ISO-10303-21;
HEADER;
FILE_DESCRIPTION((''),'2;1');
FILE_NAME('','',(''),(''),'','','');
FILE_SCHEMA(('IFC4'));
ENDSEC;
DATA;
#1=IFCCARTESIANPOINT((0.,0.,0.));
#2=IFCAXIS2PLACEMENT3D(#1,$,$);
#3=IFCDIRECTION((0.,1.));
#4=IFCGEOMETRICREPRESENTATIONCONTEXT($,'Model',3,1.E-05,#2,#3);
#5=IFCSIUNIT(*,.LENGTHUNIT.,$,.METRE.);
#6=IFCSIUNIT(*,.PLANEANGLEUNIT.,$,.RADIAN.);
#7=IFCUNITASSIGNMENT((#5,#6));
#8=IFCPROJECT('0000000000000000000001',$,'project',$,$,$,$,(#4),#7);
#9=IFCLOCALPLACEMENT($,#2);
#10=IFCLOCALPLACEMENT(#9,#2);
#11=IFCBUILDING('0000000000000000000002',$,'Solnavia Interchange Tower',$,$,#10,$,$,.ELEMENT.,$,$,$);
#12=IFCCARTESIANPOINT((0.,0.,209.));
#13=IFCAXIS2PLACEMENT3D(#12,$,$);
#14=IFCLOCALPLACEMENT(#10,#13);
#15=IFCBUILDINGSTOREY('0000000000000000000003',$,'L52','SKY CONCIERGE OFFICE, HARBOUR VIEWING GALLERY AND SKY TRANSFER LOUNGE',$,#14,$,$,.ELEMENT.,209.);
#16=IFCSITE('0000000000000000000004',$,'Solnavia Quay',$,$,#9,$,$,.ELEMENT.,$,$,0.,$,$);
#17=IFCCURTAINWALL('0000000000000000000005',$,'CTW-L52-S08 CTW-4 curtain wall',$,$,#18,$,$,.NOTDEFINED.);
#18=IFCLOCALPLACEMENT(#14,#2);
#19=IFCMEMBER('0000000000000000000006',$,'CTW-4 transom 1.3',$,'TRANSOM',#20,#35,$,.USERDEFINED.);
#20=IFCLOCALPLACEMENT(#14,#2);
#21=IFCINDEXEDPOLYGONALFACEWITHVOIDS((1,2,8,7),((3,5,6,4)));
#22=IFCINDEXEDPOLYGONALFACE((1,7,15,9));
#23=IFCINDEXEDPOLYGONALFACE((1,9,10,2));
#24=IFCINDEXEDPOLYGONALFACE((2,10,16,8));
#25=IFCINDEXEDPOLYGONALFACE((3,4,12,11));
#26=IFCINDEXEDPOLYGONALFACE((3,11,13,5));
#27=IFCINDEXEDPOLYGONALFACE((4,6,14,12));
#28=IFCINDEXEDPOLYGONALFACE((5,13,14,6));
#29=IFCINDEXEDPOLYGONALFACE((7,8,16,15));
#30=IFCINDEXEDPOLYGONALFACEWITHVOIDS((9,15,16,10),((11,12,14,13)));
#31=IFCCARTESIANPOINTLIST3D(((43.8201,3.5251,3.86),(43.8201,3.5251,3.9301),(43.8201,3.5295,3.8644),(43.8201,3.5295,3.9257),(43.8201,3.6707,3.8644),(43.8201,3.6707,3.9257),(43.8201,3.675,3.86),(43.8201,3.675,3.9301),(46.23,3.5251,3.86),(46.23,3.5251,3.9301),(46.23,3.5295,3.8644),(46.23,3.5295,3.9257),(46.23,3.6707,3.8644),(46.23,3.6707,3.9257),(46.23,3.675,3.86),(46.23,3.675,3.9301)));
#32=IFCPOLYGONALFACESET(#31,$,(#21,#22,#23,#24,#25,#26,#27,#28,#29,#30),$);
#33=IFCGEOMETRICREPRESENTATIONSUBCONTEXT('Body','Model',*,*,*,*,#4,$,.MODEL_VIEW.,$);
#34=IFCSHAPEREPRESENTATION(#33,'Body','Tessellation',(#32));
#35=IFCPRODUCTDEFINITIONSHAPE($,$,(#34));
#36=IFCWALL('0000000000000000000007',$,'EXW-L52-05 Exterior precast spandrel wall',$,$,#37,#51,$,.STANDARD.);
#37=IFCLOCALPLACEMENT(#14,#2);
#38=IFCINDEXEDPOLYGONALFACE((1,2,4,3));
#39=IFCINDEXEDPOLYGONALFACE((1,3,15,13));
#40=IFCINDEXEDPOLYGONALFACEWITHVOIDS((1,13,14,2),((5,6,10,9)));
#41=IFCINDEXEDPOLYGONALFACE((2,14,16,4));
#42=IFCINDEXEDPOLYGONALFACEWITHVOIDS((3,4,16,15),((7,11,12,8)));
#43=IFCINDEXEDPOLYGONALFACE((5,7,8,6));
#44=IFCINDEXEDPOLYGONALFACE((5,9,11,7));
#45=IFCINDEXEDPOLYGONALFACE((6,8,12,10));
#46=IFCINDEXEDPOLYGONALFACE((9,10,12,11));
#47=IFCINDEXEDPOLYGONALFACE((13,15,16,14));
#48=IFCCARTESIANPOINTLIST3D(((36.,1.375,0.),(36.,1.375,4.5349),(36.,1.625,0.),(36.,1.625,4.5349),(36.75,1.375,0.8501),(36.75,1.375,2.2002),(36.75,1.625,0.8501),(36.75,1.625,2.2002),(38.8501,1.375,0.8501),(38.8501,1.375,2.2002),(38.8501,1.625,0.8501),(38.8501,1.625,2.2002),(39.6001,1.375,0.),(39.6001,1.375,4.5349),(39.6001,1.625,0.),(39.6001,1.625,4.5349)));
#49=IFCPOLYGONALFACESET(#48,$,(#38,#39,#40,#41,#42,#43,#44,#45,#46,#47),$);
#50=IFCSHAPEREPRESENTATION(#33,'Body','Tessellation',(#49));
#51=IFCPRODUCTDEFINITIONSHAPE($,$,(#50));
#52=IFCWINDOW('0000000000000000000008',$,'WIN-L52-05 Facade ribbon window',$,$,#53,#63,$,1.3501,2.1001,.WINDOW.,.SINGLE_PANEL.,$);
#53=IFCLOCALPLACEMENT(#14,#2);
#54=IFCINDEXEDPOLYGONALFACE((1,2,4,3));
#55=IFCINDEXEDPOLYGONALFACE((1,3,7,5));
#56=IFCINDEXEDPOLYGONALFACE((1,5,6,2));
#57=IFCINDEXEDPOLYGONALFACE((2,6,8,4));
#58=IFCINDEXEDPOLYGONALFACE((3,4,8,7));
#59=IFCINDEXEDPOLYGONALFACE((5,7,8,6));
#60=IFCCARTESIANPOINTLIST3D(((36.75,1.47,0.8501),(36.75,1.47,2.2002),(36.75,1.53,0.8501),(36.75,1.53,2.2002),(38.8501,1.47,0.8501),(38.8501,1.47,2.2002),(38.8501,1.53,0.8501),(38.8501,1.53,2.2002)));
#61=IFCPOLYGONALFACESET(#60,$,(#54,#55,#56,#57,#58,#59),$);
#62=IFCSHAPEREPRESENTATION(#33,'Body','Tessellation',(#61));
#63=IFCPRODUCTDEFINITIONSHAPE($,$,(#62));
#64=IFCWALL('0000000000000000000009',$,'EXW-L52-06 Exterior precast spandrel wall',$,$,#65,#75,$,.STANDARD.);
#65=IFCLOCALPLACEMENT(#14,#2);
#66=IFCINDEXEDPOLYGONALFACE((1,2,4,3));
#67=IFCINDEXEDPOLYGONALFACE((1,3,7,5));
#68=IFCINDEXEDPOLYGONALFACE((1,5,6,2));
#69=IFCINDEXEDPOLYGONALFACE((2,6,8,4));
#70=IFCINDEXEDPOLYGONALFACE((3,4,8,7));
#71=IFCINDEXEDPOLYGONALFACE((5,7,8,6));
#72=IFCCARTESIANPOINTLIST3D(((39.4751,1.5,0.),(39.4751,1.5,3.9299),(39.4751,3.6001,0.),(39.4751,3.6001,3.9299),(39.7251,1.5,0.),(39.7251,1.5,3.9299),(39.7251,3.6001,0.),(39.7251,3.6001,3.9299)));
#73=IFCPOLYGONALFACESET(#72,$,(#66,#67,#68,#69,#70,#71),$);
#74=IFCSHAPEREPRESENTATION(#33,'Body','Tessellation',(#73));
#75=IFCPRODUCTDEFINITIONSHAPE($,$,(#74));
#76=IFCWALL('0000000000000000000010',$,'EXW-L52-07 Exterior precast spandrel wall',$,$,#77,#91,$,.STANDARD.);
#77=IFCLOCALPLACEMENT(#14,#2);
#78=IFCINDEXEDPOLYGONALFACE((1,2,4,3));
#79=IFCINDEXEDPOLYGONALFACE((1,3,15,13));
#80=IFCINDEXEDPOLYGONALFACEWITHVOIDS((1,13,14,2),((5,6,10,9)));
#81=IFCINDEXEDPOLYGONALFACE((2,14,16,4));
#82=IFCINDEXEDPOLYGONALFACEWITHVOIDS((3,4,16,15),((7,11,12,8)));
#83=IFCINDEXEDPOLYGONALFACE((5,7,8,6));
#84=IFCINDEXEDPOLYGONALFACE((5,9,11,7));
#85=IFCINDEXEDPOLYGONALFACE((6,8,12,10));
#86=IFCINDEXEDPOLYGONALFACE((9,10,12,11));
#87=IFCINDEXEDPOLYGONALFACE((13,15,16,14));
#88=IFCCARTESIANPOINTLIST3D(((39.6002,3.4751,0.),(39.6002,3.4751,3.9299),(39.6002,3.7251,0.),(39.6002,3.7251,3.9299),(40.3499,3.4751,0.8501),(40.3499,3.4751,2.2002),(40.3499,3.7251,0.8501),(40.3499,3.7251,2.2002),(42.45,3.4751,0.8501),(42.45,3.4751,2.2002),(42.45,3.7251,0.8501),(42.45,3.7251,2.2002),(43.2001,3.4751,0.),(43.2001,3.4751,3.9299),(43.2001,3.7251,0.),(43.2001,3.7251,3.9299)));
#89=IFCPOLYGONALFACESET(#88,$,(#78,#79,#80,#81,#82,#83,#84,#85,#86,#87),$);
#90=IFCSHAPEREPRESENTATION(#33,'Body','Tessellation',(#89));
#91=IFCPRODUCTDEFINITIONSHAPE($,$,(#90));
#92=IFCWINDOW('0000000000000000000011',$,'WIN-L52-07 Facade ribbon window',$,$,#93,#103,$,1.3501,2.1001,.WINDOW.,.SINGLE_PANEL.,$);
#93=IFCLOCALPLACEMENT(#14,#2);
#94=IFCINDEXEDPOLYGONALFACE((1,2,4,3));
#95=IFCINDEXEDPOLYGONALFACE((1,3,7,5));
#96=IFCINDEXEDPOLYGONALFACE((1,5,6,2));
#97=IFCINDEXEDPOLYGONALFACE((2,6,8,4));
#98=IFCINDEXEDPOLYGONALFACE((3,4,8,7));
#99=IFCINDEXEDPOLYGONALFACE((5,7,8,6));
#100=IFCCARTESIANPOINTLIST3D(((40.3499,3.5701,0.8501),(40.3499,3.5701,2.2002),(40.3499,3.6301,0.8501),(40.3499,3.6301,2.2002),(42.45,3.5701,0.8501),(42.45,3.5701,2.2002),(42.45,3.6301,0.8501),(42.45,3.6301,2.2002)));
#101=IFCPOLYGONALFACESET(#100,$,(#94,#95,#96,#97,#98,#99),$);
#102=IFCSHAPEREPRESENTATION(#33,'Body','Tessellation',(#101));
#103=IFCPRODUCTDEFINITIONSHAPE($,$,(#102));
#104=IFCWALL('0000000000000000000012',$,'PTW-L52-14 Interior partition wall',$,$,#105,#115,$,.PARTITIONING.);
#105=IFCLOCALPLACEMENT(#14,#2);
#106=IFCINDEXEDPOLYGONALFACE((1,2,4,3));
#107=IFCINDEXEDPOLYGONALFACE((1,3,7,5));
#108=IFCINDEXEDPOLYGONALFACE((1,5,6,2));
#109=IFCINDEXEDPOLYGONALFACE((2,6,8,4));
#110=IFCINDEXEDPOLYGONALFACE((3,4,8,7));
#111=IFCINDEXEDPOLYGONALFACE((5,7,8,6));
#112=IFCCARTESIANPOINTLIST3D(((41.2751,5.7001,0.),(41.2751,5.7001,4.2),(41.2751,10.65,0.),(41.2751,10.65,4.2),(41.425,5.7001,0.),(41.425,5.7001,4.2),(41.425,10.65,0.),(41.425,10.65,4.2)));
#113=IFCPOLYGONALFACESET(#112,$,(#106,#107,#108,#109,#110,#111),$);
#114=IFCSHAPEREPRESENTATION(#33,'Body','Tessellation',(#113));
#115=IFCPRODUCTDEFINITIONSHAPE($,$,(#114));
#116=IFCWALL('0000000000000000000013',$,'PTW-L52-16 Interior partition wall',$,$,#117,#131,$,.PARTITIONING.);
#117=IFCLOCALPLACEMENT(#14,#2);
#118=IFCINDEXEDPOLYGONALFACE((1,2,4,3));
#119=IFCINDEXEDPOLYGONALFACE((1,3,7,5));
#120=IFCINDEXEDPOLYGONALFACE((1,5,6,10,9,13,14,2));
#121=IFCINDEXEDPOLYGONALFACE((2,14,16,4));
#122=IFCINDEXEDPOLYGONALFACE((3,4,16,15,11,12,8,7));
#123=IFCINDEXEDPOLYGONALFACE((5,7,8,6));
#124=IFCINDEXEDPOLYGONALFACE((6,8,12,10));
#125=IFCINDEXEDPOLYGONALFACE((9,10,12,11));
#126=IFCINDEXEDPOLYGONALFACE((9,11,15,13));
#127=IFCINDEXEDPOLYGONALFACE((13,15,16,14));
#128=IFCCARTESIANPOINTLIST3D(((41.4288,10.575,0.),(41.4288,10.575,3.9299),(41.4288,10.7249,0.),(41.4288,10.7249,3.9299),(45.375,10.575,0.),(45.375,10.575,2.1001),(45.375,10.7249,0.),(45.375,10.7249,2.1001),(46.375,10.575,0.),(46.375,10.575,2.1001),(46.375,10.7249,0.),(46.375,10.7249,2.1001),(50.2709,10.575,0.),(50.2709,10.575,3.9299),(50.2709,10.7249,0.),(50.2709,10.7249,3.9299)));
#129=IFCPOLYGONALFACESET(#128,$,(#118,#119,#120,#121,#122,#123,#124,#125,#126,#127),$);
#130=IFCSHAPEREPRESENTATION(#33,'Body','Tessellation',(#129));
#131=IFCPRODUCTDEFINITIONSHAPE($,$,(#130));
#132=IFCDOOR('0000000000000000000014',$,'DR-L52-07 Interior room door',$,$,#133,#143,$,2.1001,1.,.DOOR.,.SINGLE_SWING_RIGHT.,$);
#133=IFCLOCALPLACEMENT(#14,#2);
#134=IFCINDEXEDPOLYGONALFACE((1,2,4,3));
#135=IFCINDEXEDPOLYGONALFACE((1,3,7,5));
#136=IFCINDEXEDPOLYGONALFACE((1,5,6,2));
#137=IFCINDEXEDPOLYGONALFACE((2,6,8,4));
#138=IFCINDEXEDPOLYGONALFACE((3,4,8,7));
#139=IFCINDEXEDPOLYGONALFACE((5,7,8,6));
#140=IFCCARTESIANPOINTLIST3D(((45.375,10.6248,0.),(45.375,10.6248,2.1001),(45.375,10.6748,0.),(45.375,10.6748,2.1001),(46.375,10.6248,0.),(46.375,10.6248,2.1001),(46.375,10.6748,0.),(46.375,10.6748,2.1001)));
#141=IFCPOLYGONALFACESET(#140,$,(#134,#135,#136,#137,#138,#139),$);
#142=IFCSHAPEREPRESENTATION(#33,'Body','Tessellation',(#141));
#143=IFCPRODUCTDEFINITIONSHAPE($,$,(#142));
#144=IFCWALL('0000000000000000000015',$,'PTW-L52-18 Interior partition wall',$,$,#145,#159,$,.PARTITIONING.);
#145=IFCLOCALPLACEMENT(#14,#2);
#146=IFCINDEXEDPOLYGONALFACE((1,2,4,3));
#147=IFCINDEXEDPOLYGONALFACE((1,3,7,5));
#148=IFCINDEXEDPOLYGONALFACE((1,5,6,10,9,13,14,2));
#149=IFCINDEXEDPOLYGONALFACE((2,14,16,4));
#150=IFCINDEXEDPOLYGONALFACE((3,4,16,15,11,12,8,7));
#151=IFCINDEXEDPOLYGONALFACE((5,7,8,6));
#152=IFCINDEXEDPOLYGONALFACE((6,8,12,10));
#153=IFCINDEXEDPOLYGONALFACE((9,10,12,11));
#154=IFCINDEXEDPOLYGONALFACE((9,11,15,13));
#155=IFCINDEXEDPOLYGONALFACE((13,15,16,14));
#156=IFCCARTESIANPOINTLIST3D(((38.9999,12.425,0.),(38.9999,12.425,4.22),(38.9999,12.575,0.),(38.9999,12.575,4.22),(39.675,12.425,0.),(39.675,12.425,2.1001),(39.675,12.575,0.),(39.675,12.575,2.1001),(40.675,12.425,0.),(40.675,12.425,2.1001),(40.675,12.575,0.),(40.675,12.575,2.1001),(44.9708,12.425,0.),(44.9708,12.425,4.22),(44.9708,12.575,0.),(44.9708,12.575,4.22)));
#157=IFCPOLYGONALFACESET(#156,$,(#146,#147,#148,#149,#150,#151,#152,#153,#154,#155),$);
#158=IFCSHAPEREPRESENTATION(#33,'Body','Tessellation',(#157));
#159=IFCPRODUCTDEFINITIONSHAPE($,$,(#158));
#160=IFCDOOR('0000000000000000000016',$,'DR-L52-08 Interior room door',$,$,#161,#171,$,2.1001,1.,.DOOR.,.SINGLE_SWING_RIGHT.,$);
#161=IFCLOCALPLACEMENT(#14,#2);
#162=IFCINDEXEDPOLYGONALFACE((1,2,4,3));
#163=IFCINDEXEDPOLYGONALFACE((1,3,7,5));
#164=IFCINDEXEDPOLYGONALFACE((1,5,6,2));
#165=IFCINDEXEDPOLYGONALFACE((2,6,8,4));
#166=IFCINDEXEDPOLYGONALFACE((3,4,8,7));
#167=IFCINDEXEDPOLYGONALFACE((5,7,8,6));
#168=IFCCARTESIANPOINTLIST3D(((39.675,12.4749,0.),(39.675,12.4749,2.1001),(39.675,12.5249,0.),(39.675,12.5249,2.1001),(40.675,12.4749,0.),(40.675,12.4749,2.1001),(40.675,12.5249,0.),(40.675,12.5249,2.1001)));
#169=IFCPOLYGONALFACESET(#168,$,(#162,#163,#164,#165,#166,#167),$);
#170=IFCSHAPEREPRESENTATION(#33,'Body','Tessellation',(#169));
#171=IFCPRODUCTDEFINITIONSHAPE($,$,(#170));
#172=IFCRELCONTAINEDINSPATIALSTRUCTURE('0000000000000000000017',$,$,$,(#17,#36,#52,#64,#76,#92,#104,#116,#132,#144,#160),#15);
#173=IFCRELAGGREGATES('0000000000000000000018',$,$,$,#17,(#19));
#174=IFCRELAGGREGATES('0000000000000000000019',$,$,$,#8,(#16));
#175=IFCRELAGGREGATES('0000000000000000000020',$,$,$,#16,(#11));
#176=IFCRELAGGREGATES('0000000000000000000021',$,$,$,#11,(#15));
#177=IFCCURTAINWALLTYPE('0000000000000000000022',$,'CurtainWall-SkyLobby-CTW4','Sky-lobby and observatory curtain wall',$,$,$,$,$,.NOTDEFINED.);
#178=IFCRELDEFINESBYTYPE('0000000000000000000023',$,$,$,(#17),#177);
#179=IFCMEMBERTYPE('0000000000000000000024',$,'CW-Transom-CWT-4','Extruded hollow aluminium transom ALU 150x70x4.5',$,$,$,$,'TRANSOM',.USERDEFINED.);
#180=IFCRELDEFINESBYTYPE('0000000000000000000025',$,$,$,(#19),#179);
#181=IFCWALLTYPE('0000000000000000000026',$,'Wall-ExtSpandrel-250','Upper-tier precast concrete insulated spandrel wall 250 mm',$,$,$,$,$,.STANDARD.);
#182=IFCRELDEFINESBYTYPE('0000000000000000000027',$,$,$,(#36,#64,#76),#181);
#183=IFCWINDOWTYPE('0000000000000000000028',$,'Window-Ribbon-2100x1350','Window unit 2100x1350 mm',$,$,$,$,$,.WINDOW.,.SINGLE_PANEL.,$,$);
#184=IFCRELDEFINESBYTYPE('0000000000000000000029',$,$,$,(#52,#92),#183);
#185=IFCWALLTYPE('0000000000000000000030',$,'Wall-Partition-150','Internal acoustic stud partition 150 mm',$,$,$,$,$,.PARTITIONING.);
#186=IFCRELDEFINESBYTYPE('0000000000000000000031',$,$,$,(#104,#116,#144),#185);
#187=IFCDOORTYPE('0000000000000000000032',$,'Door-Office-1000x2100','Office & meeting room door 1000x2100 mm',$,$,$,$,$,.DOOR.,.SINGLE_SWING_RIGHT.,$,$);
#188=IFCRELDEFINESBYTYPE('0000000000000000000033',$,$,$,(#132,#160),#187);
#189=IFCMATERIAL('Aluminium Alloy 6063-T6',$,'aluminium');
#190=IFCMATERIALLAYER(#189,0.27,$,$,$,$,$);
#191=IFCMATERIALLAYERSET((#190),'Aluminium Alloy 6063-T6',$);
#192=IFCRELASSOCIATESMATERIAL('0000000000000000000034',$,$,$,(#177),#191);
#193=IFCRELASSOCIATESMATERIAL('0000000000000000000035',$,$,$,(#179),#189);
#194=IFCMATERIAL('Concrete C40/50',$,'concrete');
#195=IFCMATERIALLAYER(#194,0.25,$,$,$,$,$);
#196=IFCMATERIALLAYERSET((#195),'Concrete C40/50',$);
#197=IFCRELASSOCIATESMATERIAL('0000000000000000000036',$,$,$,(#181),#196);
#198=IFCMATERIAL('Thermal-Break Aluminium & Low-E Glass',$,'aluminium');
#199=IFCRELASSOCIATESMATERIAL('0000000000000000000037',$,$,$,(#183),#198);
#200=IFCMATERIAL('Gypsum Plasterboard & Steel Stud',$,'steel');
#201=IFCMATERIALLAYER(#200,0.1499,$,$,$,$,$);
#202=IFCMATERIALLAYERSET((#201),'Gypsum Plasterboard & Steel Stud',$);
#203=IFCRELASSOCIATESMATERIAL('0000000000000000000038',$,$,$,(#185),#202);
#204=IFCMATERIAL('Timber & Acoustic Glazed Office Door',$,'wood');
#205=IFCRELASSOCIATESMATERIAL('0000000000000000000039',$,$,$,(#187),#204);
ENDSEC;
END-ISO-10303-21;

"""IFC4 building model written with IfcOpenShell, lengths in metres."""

from ifc_helpers import new_model, si_unit, direction, frame, frame_2d, origin, origin_2d, place, context, subcontext, project, spatial, rectangle, hollow_rectangle, extrude, material, layer, layer_set, material_profile, profile_set, type_object, element, fill, aggregate, save


model = new_model("IFC4")

# Units and contexts
model_context = context("Model", 3, precision=1e-05, world=origin(), true_north=direction((0.0, 1.0)))
body_context = subcontext(model_context, "Body", "Model", "MODEL_VIEW")
ifc_project = project(units=[si_unit("LENGTHUNIT", "METRE"), si_unit("PLANEANGLEUNIT", "RADIAN")], contexts=[model_context])

# Site, building, storey
site_placement = place(None, origin())
site = spatial("IfcSite", under=ifc_project, at=site_placement, Name="Solnavia Quay", CompositionType="ELEMENT", RefElevation=0.0)
building_placement = place(site_placement, origin())
building = spatial("IfcBuilding", under=site, at=building_placement, Name="Solnavia Interchange Tower", CompositionType="ELEMENT")
storey_placement = place(building_placement, frame((0.0, 0.0, 209.0)))
storey = spatial("IfcBuildingStorey", under=building, at=storey_placement, Name="L52", Description="SKY CONCIERGE OFFICE, HARBOUR VIEWING GALLERY AND SKY TRANSFER LOUNGE", CompositionType="ELEMENT", Elevation=209.0)

# Curtain wall, member
ifc_material_1 = material(Name="Aluminium Alloy 6063-T6", Category="aluminium")
ifc_layer_1 = layer(ifc_material_1, 0.27)
ifc_layer_set_1 = layer_set([ifc_layer_1], Name="Aluminium Alloy 6063-T6")
curtain_wall_type = type_object("IfcCurtainWallType", Name="CurtainWall-SkyLobby-CTW4", Description="Sky-lobby and observatory curtain wall", PredefinedType="NOTDEFINED", material=ifc_layer_set_1)
curtain_wall_placement = place(storey_placement, origin())
curtain_wall = element("IfcCurtainWall", 1, at=curtain_wall_placement, inside=storey, type_object=curtain_wall_type, Name="CTW-L52-S08 CTW-4 curtain wall", PredefinedType="NOTDEFINED")
ifc_material_profile_1 = material_profile(ifc_material_1, hollow_rectangle(XDim=0.0701, YDim=0.1499, WallThickness=0.0044, at=origin_2d()), Name="ALU 150x70x4.5")
ifc_profile_set_1 = profile_set([ifc_material_profile_1], Name="Aluminium Alloy 6063-T6")
member_type_1 = type_object("IfcMemberType", Name="CW-Transom-CWT-4", Description="Extruded hollow aluminium transom ALU 150x70x4.5", ElementType="TRANSOM", PredefinedType="USERDEFINED", material=ifc_profile_set_1)
member_1_placement = place(storey_placement, frame((43.8201, 3.6001, 3.895), z_axis=(1.0, 0.0, 0.0), x_axis=(0.0, 0.0, 1.0)))
member_1 = element("IfcMember", 2, at=member_1_placement, type_object=member_type_1, Name="CTW-4 transom 1.3", ObjectType="TRANSOM", PredefinedType="USERDEFINED", context=body_context, shape_type="SweptSolid", body=[
    extrude(hollow_rectangle(XDim=0.0701, YDim=0.1499, WallThickness=0.0044, at=origin_2d()), origin(), (0.0, 0.0, 1.0), 2.4099),
])
aggregate(curtain_wall, [member_1])

# Wall, opening, window
ifc_material_2 = material(Name="Concrete C40/50", Category="concrete")
ifc_layer_2 = layer(ifc_material_2, 0.25)
ifc_layer_set_2 = layer_set([ifc_layer_2], Name="Concrete C40/50")
wall_type_1 = type_object("IfcWallType", Name="Wall-ExtSpandrel-250", Description="Upper-tier precast concrete insulated spandrel wall 250 mm", PredefinedType="STANDARD", material=ifc_layer_set_2)
wall_1_placement = place(storey_placement, frame((39.6001, 1.5, 0.0), z_axis=(0.0, 0.0, 1.0), x_axis=(-1.0, 0.0, 0.0)))
wall_1 = element("IfcWall", 3, at=wall_1_placement, inside=storey, type_object=wall_type_1, Name="EXW-L52-05 Exterior precast spandrel wall", PredefinedType="STANDARD", context=body_context, shape_type="SweptSolid", body=[
    extrude(rectangle(XDim=3.6001, YDim=0.25, at=frame_2d((1.8, 0.0))), origin(), (0.0, 0.0, 1.0), 4.5349),
])
opening_1_placement = place(wall_1_placement, frame((0.75, 0.0, 0.8501)))
opening_1 = element("IfcOpeningElement", 4, at=opening_1_placement, cuts=wall_1, PredefinedType="OPENING", context=body_context, shape_type="SweptSolid", body=[
    extrude(rectangle(XDim=2.1001, YDim=1.3501, at=frame_2d((1.05, 0.675))), frame((0.0, 0.135, 0.0), z_axis=(0.0, -1.0, 0.0), x_axis=(1.0, 0.0, 0.0)), (0.0, 0.0, 1.0), 0.27),
])
ifc_material_3 = material(Name="Thermal-Break Aluminium & Low-E Glass", Category="aluminium")
window_type = type_object("IfcWindowType", Name="Window-Ribbon-2100x1350", Description="Window unit 2100x1350 mm", PartitioningType="SINGLE_PANEL", PredefinedType="WINDOW", material=ifc_material_3)
window_1_placement = place(opening_1_placement, origin())
window_1 = element("IfcWindow", 5, at=window_1_placement, inside=storey, type_object=window_type, Name="WIN-L52-05 Facade ribbon window", OverallHeight=1.3501, OverallWidth=2.1001, PartitioningType="SINGLE_PANEL", PredefinedType="WINDOW", context=body_context, shape_type="SweptSolid", body=[
    extrude(rectangle(XDim=2.1001, YDim=1.3501, at=frame_2d((1.05, 0.675))), frame((0.0, 0.03, 0.0), z_axis=(0.0, -1.0, 0.0), x_axis=(1.0, 0.0, 0.0)), (0.0, 0.0, 1.0), 0.0601),
])
fill(opening_1, window_1)

# Wall
wall_2_placement = place(storey_placement, frame((39.6001, 3.6001, 0.0), z_axis=(0.0, 0.0, 1.0), x_axis=(0.0, -1.0, 0.0)))
element("IfcWall", 6, at=wall_2_placement, inside=storey, type_object=wall_type_1, Name="EXW-L52-06 Exterior precast spandrel wall", PredefinedType="STANDARD", context=body_context, shape_type="SweptSolid", body=[
    extrude(rectangle(XDim=2.1001, YDim=0.25, at=frame_2d((1.05, 0.0))), origin(), (0.0, 0.0, 1.0), 3.9299),
])

# Wall, opening, window
wall_3_placement = place(storey_placement, frame((43.2, 3.6001, 0.0), z_axis=(0.0, 0.0, 1.0), x_axis=(-1.0, 0.0, 0.0)))
wall_3 = element("IfcWall", 7, at=wall_3_placement, inside=storey, type_object=wall_type_1, Name="EXW-L52-07 Exterior precast spandrel wall", PredefinedType="STANDARD", context=body_context, shape_type="SweptSolid", body=[
    extrude(rectangle(XDim=3.5999, YDim=0.25, at=frame_2d((1.7998, 0.0))), origin(), (0.0, 0.0, 1.0), 3.9299),
])
opening_2_placement = place(wall_3_placement, frame((0.75, 0.0, 0.8501)))
opening_2 = element("IfcOpeningElement", 8, at=opening_2_placement, cuts=wall_3, PredefinedType="OPENING", context=body_context, shape_type="SweptSolid", body=[
    extrude(rectangle(XDim=2.1001, YDim=1.3501, at=frame_2d((1.05, 0.675))), frame((0.0, 0.135, 0.0), z_axis=(0.0, -1.0, 0.0), x_axis=(1.0, 0.0, 0.0)), (0.0, 0.0, 1.0), 0.27),
])
window_2_placement = place(opening_2_placement, origin())
window_2 = element("IfcWindow", 9, at=window_2_placement, inside=storey, type_object=window_type, Name="WIN-L52-07 Facade ribbon window", OverallHeight=1.3501, OverallWidth=2.1001, PartitioningType="SINGLE_PANEL", PredefinedType="WINDOW", context=body_context, shape_type="SweptSolid", body=[
    extrude(rectangle(XDim=2.1001, YDim=1.3501, at=frame_2d((1.05, 0.675))), frame((0.0, 0.03, 0.0), z_axis=(0.0, -1.0, 0.0), x_axis=(1.0, 0.0, 0.0)), (0.0, 0.0, 1.0), 0.0601),
])
fill(opening_2, window_2)

# Wall
ifc_material_4 = material(Name="Gypsum Plasterboard & Steel Stud", Category="steel")
ifc_layer_3 = layer(ifc_material_4, 0.1499)
ifc_layer_set_3 = layer_set([ifc_layer_3], Name="Gypsum Plasterboard & Steel Stud")
wall_type_2 = type_object("IfcWallType", Name="Wall-Partition-150", Description="Internal acoustic stud partition 150 mm", PredefinedType="PARTITIONING", material=ifc_layer_set_3)
wall_4_placement = place(storey_placement, frame((41.3501, 5.7, 0.0), z_axis=(0.0, 0.0, 1.0), x_axis=(0.0, 1.0, 0.0)))
element("IfcWall", 10, at=wall_4_placement, inside=storey, type_object=wall_type_2, Name="PTW-L52-14 Interior partition wall", PredefinedType="PARTITIONING", context=body_context, shape_type="SweptSolid", body=[
    extrude(rectangle(XDim=4.95, YDim=0.1499, at=frame_2d((2.4751, 0.0))), origin(), (0.0, 0.0, 1.0), 4.2),
])

# Walls, openings, doors
wall_5_placement = place(storey_placement, frame((41.429, 10.6499, 0.0), z_axis=(0.0, 0.0, 1.0), x_axis=(1.0, 0.0, 0.0)))
wall_5 = element("IfcWall", 11, at=wall_5_placement, inside=storey, type_object=wall_type_2, Name="PTW-L52-16 Interior partition wall", PredefinedType="PARTITIONING", context=body_context, shape_type="SweptSolid", body=[
    extrude(rectangle(XDim=8.842, YDim=0.1499, at=frame_2d((4.4209, 0.0))), origin(), (0.0, 0.0, 1.0), 3.9299),
])
opening_3_placement = place(wall_5_placement, frame((3.946, 0.0, 0.0)))
opening_3 = element("IfcOpeningElement", 12, at=opening_3_placement, cuts=wall_5, PredefinedType="OPENING", context=body_context, shape_type="SweptSolid", body=[
    extrude(rectangle(XDim=1.0, YDim=2.1001, at=frame_2d((0.5, 1.05))), frame((0.0, 0.085, 0.0), z_axis=(0.0, -1.0, 0.0), x_axis=(1.0, 0.0, 0.0)), (0.0, 0.0, 1.0), 0.1699),
])
ifc_material_5 = material(Name="Timber & Acoustic Glazed Office Door", Category="wood")
door_type_1 = type_object("IfcDoorType", Name="Door-Office-1000x2100", Description="Office & meeting room door 1000x2100 mm", OperationType="SINGLE_SWING_RIGHT", PredefinedType="DOOR", material=ifc_material_5)
door_1_placement = place(opening_3_placement, origin())
door_1 = element("IfcDoor", 13, at=door_1_placement, inside=storey, type_object=door_type_1, Name="DR-L52-07 Interior room door", OperationType="SINGLE_SWING_RIGHT", OverallHeight=2.1001, OverallWidth=1.0, PredefinedType="DOOR", context=body_context, shape_type="SweptSolid", body=[
    extrude(rectangle(XDim=1.0, YDim=2.1001, at=frame_2d((0.5, 1.05))), frame((0.0, 0.0249, 0.0), z_axis=(0.0, -1.0, 0.0), x_axis=(1.0, 0.0, 0.0)), (0.0, 0.0, 1.0), 0.05),
])
fill(opening_3, door_1)
wall_6_placement = place(storey_placement, frame((39.0, 12.5, 0.0), z_axis=(0.0, 0.0, 1.0), x_axis=(1.0, 0.0, 0.0)))
wall_6 = element("IfcWall", 14, at=wall_6_placement, inside=storey, type_object=wall_type_2, Name="PTW-L52-18 Interior partition wall", PredefinedType="PARTITIONING", context=body_context, shape_type="SweptSolid", body=[
    extrude(rectangle(XDim=5.9709, YDim=0.1499, at=frame_2d((2.9854, 0.0))), origin(), (0.0, 0.0, 1.0), 4.22),
])
opening_4_placement = place(wall_6_placement, frame((0.675, 0.0, 0.0)))
opening_4 = element("IfcOpeningElement", 15, at=opening_4_placement, cuts=wall_6, PredefinedType="OPENING", context=body_context, shape_type="SweptSolid", body=[
    extrude(rectangle(XDim=1.0, YDim=2.1001, at=frame_2d((0.5, 1.05))), frame((0.0, 0.085, 0.0), z_axis=(0.0, -1.0, 0.0), x_axis=(1.0, 0.0, 0.0)), (0.0, 0.0, 1.0), 0.1699),
])
door_2_placement = place(opening_4_placement, origin())
door_2 = element("IfcDoor", 16, at=door_2_placement, inside=storey, type_object=door_type_1, Name="DR-L52-08 Interior room door", OperationType="SINGLE_SWING_RIGHT", OverallHeight=2.1001, OverallWidth=1.0, PredefinedType="DOOR", context=body_context, shape_type="SweptSolid", body=[
    extrude(rectangle(XDim=1.0, YDim=2.1001, at=frame_2d((0.5, 1.05))), frame((0.0, 0.0249, 0.0), z_axis=(0.0, -1.0, 0.0), x_axis=(1.0, 0.0, 0.0)), (0.0, 0.0, 1.0), 0.05),
])
fill(opening_4, door_2)

save(model, "model.ifc")
